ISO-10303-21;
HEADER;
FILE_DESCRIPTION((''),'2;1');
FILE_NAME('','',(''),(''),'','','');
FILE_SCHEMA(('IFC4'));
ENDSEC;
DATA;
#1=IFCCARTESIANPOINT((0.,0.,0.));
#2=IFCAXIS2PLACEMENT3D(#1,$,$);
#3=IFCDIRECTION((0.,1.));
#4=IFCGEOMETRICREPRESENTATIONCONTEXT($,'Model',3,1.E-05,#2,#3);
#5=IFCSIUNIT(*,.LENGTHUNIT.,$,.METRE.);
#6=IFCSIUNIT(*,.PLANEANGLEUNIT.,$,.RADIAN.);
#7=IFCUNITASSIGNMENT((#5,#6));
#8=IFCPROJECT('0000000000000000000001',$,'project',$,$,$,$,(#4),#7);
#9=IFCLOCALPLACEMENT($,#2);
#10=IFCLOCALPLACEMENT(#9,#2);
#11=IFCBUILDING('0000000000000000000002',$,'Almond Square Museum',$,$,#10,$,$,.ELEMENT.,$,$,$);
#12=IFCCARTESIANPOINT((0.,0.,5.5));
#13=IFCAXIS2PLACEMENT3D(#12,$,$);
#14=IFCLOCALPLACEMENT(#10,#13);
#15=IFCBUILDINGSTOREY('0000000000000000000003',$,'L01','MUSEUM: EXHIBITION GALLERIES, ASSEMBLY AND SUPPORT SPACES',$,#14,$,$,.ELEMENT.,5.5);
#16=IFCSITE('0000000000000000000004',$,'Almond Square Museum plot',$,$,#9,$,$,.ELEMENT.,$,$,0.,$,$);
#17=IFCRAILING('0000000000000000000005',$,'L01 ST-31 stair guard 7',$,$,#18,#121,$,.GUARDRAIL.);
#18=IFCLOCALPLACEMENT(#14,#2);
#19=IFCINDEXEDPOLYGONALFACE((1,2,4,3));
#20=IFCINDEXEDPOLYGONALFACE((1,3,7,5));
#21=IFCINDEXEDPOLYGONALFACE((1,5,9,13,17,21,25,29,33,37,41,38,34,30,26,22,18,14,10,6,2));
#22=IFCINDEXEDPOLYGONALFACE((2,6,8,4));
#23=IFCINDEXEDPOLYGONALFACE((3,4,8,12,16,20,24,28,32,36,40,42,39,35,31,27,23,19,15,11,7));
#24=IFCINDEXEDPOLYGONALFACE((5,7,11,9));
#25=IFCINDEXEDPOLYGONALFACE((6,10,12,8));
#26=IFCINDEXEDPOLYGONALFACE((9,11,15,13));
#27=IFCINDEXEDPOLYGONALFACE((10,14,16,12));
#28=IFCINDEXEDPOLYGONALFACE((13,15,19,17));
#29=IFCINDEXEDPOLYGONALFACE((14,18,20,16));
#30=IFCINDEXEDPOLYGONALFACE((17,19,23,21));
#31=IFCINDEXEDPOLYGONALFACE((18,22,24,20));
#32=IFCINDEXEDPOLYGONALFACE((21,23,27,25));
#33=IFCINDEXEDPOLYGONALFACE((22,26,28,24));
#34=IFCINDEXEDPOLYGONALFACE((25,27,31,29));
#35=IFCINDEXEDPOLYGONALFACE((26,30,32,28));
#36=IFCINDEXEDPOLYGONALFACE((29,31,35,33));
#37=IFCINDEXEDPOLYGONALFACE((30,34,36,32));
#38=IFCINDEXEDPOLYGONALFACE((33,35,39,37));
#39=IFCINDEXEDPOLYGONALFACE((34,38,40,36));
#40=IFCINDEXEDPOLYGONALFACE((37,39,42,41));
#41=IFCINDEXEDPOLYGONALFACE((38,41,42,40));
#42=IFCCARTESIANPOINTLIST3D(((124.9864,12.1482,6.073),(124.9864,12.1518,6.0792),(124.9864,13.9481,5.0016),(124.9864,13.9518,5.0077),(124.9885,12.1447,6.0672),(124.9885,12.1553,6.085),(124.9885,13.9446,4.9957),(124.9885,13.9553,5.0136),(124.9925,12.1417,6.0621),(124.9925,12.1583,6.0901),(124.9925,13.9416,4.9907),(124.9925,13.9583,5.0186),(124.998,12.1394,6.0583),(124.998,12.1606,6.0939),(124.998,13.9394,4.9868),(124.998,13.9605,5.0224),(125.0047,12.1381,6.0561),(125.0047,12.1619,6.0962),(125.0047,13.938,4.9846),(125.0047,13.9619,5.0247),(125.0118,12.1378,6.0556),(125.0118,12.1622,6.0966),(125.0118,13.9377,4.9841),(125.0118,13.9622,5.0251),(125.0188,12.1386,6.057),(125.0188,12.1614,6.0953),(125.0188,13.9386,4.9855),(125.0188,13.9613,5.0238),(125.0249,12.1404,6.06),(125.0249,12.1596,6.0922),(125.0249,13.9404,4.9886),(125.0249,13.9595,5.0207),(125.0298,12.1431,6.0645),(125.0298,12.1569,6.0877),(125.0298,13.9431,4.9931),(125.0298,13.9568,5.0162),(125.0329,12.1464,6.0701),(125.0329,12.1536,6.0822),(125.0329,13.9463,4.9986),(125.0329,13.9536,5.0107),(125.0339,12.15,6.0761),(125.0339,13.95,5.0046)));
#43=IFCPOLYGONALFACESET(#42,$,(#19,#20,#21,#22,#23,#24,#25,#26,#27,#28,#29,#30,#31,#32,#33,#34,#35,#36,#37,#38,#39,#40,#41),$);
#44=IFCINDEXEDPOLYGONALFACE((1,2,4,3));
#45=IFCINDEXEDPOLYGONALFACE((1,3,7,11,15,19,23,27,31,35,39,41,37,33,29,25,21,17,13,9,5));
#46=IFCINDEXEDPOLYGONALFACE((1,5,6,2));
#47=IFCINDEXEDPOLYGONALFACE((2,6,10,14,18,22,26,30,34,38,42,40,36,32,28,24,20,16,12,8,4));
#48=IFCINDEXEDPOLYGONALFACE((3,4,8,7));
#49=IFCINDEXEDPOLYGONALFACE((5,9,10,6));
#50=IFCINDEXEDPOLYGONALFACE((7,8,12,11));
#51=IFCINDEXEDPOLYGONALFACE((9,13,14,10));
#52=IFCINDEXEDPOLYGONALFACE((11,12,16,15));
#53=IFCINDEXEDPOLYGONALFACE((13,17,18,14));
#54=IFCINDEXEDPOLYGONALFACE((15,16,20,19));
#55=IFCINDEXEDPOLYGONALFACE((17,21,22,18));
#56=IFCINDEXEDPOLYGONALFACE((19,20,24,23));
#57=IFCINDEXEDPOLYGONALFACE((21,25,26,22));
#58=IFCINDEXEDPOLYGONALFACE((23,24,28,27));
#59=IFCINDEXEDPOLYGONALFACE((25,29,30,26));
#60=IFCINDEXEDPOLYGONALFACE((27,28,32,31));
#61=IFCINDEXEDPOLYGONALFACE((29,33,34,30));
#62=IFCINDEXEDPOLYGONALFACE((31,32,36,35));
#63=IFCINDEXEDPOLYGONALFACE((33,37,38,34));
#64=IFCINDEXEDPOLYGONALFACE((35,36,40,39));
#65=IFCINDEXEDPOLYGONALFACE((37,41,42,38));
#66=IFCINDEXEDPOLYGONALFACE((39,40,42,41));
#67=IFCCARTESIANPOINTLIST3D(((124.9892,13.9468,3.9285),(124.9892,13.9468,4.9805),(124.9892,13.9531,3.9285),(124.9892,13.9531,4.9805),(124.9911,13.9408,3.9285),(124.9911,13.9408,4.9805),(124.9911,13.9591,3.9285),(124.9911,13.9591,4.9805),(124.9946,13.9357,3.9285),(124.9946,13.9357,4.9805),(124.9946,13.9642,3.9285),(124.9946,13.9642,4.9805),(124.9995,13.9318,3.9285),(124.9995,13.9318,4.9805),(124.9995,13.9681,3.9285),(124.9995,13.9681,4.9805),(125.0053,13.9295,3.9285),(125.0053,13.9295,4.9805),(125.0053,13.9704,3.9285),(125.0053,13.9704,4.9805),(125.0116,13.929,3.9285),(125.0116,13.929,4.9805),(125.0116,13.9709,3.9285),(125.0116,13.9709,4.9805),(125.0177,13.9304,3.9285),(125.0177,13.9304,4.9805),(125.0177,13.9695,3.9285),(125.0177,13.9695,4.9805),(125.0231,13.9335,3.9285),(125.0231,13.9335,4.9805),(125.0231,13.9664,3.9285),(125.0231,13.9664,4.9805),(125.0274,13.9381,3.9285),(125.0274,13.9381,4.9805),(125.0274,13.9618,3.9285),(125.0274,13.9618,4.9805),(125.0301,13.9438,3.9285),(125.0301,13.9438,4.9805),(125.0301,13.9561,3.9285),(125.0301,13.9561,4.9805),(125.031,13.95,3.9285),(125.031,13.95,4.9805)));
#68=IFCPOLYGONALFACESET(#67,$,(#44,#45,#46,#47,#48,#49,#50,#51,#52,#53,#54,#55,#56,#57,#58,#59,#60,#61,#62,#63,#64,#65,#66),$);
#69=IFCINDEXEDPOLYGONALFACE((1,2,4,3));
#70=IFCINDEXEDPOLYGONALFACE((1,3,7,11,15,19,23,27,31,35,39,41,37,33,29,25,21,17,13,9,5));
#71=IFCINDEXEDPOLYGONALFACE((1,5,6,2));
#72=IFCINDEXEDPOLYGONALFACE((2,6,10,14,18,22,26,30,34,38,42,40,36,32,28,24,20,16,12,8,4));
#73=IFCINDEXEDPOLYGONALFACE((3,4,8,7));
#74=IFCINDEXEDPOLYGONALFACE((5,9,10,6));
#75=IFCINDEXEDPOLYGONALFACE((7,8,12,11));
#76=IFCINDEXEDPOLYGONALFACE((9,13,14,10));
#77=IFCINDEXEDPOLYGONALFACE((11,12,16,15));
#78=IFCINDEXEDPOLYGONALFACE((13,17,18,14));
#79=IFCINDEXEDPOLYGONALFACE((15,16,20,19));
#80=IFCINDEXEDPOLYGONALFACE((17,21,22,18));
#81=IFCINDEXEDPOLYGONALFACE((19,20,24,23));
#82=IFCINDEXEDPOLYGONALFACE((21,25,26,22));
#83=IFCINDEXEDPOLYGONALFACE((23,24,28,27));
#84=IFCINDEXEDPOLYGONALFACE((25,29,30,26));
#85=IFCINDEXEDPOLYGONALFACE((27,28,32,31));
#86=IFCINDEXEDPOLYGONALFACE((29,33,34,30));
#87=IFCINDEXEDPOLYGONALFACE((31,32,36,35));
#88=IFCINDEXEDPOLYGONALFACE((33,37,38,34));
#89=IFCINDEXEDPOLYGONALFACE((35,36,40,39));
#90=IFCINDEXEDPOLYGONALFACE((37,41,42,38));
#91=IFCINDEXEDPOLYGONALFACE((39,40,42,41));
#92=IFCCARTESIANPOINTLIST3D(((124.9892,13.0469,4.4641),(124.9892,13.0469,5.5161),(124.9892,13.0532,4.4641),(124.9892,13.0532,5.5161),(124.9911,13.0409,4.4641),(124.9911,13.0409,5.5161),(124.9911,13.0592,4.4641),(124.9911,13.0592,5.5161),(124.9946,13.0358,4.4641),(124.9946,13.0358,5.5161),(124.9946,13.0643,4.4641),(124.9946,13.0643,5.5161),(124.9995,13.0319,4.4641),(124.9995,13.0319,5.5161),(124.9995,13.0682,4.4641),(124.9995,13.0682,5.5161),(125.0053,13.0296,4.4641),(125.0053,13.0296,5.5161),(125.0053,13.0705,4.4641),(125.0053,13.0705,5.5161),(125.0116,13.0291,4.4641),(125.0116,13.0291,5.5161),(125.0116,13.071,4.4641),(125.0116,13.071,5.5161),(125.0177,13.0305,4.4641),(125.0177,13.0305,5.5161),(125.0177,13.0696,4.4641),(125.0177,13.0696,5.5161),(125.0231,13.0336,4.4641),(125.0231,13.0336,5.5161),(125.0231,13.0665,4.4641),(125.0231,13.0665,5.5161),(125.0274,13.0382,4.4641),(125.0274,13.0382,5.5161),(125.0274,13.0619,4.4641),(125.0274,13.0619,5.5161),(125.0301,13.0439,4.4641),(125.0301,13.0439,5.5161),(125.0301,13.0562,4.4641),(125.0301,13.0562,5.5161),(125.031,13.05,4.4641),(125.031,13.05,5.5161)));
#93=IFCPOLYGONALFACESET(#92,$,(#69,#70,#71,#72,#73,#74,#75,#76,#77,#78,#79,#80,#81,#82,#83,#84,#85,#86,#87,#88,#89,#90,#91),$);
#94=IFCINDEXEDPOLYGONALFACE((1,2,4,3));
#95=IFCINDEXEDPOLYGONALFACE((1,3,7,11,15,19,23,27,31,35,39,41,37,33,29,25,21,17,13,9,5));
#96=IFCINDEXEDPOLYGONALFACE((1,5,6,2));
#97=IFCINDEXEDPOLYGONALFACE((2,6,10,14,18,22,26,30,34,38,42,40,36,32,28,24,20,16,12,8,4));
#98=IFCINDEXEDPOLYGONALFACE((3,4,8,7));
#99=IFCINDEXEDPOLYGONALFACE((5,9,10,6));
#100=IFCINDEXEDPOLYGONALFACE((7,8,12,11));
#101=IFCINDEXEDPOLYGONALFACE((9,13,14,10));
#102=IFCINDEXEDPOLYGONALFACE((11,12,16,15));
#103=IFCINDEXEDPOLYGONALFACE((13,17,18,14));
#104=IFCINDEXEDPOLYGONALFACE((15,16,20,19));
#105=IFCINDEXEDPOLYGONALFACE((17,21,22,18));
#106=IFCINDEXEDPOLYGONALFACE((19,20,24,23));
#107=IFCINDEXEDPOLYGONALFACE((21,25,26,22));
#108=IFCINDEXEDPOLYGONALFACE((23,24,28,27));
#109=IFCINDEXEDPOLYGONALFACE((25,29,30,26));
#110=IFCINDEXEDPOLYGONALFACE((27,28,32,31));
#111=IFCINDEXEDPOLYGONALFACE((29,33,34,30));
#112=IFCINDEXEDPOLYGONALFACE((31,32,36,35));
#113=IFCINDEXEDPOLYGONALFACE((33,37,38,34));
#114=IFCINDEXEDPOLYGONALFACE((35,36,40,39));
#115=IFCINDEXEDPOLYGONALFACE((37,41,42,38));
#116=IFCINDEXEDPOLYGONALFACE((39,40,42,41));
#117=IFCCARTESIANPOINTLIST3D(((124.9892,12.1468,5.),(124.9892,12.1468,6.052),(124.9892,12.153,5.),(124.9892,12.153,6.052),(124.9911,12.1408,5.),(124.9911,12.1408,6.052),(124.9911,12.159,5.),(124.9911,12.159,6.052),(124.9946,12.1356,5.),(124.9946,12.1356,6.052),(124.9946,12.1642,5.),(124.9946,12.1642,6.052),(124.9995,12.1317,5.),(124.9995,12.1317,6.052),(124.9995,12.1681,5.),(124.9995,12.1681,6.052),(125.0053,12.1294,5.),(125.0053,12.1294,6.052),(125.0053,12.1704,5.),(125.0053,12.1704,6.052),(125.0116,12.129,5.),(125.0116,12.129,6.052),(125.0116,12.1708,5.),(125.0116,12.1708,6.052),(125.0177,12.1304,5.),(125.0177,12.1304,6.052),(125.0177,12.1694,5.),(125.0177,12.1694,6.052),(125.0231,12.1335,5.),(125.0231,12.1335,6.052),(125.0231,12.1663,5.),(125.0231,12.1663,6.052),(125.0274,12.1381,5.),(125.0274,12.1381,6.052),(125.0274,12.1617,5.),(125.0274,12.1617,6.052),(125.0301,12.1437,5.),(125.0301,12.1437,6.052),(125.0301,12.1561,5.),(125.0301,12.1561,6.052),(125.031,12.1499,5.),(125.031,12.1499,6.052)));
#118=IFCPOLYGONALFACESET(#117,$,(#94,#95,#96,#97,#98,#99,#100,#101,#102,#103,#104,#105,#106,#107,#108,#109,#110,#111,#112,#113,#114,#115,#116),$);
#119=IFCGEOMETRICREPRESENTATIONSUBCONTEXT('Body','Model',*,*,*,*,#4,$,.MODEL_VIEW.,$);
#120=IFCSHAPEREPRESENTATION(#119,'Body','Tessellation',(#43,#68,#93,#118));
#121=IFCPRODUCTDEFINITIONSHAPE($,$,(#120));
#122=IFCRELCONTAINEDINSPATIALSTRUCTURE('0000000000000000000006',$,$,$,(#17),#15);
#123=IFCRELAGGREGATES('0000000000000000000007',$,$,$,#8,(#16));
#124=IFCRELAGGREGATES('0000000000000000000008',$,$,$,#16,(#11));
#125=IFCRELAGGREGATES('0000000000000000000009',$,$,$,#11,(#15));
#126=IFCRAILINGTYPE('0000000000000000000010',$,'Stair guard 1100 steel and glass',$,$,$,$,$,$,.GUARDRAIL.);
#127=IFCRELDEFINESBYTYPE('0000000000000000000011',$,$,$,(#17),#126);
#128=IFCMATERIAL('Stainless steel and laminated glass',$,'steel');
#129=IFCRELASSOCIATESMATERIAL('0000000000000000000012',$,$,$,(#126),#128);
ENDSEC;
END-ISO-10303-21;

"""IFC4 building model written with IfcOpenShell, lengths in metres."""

from ifc_helpers import new_model, si_unit, direction, frame, origin, origin_2d, place, context, subcontext, project, spatial, circle, extrude, material, type_object, element, save


model = new_model("IFC4")

# Units and contexts
model_context = context("Model", 3, precision=1e-05, world=origin(), true_north=direction((0.0, 1.0)))
body_context = subcontext(model_context, "Body", "Model", "MODEL_VIEW")
ifc_project = project(units=[si_unit("LENGTHUNIT", "METRE"), si_unit("PLANEANGLEUNIT", "RADIAN")], contexts=[model_context])

# Site, building, storey
site_placement = place(None, origin())
site = spatial("IfcSite", under=ifc_project, at=site_placement, Name="Almond Square Museum plot", CompositionType="ELEMENT", RefElevation=0.0)
building_placement = place(site_placement, origin())
building = spatial("IfcBuilding", under=site, at=building_placement, Name="Almond Square Museum", CompositionType="ELEMENT")
storey_placement = place(building_placement, frame((0.0, 0.0, 5.5)))
storey = spatial("IfcBuildingStorey", under=building, at=storey_placement, Name="L01", Description="MUSEUM: EXHIBITION GALLERIES, ASSEMBLY AND SUPPORT SPACES", CompositionType="ELEMENT", Elevation=5.5)

# Railing
ifc_material_1 = material(Name="Stainless steel and laminated glass", Category="steel")
railing_type_1 = type_object("IfcRailingType", Name="Stair guard 1100 steel and glass", PredefinedType="GUARDRAIL", material=ifc_material_1)
railing_1_placement = place(storey_placement, frame((125.01, 13.95, 3.9285)))
element("IfcRailing", 1, at=railing_1_placement, inside=storey, type_object=railing_type_1, Name="L01 ST-31 stair guard 7", PredefinedType="GUARDRAIL", context=body_context, shape_type="SweptSolid", body=[
    extrude(circle(Radius=0.0239, at=origin_2d()), frame((0.0, 0.0, 1.0762), z_axis=(0.0, -0.859277, 0.51151), x_axis=(1.0, 0.0, 0.0)), (0.0, 0.0, 1.0), 2.0947),
    extrude(circle(Radius=0.021, at=origin_2d()), origin(), (0.0, 0.0, 1.0), 1.052),
    extrude(circle(Radius=0.021, at=origin_2d()), frame((0.0, -0.8999, 0.5356)), (0.0, 0.0, 1.0), 1.052),
    extrude(circle(Radius=0.021, at=origin_2d()), frame((0.0, -1.8, 1.0715)), (0.0, 0.0, 1.0), 1.052),
])

save(model, "model.ifc")
